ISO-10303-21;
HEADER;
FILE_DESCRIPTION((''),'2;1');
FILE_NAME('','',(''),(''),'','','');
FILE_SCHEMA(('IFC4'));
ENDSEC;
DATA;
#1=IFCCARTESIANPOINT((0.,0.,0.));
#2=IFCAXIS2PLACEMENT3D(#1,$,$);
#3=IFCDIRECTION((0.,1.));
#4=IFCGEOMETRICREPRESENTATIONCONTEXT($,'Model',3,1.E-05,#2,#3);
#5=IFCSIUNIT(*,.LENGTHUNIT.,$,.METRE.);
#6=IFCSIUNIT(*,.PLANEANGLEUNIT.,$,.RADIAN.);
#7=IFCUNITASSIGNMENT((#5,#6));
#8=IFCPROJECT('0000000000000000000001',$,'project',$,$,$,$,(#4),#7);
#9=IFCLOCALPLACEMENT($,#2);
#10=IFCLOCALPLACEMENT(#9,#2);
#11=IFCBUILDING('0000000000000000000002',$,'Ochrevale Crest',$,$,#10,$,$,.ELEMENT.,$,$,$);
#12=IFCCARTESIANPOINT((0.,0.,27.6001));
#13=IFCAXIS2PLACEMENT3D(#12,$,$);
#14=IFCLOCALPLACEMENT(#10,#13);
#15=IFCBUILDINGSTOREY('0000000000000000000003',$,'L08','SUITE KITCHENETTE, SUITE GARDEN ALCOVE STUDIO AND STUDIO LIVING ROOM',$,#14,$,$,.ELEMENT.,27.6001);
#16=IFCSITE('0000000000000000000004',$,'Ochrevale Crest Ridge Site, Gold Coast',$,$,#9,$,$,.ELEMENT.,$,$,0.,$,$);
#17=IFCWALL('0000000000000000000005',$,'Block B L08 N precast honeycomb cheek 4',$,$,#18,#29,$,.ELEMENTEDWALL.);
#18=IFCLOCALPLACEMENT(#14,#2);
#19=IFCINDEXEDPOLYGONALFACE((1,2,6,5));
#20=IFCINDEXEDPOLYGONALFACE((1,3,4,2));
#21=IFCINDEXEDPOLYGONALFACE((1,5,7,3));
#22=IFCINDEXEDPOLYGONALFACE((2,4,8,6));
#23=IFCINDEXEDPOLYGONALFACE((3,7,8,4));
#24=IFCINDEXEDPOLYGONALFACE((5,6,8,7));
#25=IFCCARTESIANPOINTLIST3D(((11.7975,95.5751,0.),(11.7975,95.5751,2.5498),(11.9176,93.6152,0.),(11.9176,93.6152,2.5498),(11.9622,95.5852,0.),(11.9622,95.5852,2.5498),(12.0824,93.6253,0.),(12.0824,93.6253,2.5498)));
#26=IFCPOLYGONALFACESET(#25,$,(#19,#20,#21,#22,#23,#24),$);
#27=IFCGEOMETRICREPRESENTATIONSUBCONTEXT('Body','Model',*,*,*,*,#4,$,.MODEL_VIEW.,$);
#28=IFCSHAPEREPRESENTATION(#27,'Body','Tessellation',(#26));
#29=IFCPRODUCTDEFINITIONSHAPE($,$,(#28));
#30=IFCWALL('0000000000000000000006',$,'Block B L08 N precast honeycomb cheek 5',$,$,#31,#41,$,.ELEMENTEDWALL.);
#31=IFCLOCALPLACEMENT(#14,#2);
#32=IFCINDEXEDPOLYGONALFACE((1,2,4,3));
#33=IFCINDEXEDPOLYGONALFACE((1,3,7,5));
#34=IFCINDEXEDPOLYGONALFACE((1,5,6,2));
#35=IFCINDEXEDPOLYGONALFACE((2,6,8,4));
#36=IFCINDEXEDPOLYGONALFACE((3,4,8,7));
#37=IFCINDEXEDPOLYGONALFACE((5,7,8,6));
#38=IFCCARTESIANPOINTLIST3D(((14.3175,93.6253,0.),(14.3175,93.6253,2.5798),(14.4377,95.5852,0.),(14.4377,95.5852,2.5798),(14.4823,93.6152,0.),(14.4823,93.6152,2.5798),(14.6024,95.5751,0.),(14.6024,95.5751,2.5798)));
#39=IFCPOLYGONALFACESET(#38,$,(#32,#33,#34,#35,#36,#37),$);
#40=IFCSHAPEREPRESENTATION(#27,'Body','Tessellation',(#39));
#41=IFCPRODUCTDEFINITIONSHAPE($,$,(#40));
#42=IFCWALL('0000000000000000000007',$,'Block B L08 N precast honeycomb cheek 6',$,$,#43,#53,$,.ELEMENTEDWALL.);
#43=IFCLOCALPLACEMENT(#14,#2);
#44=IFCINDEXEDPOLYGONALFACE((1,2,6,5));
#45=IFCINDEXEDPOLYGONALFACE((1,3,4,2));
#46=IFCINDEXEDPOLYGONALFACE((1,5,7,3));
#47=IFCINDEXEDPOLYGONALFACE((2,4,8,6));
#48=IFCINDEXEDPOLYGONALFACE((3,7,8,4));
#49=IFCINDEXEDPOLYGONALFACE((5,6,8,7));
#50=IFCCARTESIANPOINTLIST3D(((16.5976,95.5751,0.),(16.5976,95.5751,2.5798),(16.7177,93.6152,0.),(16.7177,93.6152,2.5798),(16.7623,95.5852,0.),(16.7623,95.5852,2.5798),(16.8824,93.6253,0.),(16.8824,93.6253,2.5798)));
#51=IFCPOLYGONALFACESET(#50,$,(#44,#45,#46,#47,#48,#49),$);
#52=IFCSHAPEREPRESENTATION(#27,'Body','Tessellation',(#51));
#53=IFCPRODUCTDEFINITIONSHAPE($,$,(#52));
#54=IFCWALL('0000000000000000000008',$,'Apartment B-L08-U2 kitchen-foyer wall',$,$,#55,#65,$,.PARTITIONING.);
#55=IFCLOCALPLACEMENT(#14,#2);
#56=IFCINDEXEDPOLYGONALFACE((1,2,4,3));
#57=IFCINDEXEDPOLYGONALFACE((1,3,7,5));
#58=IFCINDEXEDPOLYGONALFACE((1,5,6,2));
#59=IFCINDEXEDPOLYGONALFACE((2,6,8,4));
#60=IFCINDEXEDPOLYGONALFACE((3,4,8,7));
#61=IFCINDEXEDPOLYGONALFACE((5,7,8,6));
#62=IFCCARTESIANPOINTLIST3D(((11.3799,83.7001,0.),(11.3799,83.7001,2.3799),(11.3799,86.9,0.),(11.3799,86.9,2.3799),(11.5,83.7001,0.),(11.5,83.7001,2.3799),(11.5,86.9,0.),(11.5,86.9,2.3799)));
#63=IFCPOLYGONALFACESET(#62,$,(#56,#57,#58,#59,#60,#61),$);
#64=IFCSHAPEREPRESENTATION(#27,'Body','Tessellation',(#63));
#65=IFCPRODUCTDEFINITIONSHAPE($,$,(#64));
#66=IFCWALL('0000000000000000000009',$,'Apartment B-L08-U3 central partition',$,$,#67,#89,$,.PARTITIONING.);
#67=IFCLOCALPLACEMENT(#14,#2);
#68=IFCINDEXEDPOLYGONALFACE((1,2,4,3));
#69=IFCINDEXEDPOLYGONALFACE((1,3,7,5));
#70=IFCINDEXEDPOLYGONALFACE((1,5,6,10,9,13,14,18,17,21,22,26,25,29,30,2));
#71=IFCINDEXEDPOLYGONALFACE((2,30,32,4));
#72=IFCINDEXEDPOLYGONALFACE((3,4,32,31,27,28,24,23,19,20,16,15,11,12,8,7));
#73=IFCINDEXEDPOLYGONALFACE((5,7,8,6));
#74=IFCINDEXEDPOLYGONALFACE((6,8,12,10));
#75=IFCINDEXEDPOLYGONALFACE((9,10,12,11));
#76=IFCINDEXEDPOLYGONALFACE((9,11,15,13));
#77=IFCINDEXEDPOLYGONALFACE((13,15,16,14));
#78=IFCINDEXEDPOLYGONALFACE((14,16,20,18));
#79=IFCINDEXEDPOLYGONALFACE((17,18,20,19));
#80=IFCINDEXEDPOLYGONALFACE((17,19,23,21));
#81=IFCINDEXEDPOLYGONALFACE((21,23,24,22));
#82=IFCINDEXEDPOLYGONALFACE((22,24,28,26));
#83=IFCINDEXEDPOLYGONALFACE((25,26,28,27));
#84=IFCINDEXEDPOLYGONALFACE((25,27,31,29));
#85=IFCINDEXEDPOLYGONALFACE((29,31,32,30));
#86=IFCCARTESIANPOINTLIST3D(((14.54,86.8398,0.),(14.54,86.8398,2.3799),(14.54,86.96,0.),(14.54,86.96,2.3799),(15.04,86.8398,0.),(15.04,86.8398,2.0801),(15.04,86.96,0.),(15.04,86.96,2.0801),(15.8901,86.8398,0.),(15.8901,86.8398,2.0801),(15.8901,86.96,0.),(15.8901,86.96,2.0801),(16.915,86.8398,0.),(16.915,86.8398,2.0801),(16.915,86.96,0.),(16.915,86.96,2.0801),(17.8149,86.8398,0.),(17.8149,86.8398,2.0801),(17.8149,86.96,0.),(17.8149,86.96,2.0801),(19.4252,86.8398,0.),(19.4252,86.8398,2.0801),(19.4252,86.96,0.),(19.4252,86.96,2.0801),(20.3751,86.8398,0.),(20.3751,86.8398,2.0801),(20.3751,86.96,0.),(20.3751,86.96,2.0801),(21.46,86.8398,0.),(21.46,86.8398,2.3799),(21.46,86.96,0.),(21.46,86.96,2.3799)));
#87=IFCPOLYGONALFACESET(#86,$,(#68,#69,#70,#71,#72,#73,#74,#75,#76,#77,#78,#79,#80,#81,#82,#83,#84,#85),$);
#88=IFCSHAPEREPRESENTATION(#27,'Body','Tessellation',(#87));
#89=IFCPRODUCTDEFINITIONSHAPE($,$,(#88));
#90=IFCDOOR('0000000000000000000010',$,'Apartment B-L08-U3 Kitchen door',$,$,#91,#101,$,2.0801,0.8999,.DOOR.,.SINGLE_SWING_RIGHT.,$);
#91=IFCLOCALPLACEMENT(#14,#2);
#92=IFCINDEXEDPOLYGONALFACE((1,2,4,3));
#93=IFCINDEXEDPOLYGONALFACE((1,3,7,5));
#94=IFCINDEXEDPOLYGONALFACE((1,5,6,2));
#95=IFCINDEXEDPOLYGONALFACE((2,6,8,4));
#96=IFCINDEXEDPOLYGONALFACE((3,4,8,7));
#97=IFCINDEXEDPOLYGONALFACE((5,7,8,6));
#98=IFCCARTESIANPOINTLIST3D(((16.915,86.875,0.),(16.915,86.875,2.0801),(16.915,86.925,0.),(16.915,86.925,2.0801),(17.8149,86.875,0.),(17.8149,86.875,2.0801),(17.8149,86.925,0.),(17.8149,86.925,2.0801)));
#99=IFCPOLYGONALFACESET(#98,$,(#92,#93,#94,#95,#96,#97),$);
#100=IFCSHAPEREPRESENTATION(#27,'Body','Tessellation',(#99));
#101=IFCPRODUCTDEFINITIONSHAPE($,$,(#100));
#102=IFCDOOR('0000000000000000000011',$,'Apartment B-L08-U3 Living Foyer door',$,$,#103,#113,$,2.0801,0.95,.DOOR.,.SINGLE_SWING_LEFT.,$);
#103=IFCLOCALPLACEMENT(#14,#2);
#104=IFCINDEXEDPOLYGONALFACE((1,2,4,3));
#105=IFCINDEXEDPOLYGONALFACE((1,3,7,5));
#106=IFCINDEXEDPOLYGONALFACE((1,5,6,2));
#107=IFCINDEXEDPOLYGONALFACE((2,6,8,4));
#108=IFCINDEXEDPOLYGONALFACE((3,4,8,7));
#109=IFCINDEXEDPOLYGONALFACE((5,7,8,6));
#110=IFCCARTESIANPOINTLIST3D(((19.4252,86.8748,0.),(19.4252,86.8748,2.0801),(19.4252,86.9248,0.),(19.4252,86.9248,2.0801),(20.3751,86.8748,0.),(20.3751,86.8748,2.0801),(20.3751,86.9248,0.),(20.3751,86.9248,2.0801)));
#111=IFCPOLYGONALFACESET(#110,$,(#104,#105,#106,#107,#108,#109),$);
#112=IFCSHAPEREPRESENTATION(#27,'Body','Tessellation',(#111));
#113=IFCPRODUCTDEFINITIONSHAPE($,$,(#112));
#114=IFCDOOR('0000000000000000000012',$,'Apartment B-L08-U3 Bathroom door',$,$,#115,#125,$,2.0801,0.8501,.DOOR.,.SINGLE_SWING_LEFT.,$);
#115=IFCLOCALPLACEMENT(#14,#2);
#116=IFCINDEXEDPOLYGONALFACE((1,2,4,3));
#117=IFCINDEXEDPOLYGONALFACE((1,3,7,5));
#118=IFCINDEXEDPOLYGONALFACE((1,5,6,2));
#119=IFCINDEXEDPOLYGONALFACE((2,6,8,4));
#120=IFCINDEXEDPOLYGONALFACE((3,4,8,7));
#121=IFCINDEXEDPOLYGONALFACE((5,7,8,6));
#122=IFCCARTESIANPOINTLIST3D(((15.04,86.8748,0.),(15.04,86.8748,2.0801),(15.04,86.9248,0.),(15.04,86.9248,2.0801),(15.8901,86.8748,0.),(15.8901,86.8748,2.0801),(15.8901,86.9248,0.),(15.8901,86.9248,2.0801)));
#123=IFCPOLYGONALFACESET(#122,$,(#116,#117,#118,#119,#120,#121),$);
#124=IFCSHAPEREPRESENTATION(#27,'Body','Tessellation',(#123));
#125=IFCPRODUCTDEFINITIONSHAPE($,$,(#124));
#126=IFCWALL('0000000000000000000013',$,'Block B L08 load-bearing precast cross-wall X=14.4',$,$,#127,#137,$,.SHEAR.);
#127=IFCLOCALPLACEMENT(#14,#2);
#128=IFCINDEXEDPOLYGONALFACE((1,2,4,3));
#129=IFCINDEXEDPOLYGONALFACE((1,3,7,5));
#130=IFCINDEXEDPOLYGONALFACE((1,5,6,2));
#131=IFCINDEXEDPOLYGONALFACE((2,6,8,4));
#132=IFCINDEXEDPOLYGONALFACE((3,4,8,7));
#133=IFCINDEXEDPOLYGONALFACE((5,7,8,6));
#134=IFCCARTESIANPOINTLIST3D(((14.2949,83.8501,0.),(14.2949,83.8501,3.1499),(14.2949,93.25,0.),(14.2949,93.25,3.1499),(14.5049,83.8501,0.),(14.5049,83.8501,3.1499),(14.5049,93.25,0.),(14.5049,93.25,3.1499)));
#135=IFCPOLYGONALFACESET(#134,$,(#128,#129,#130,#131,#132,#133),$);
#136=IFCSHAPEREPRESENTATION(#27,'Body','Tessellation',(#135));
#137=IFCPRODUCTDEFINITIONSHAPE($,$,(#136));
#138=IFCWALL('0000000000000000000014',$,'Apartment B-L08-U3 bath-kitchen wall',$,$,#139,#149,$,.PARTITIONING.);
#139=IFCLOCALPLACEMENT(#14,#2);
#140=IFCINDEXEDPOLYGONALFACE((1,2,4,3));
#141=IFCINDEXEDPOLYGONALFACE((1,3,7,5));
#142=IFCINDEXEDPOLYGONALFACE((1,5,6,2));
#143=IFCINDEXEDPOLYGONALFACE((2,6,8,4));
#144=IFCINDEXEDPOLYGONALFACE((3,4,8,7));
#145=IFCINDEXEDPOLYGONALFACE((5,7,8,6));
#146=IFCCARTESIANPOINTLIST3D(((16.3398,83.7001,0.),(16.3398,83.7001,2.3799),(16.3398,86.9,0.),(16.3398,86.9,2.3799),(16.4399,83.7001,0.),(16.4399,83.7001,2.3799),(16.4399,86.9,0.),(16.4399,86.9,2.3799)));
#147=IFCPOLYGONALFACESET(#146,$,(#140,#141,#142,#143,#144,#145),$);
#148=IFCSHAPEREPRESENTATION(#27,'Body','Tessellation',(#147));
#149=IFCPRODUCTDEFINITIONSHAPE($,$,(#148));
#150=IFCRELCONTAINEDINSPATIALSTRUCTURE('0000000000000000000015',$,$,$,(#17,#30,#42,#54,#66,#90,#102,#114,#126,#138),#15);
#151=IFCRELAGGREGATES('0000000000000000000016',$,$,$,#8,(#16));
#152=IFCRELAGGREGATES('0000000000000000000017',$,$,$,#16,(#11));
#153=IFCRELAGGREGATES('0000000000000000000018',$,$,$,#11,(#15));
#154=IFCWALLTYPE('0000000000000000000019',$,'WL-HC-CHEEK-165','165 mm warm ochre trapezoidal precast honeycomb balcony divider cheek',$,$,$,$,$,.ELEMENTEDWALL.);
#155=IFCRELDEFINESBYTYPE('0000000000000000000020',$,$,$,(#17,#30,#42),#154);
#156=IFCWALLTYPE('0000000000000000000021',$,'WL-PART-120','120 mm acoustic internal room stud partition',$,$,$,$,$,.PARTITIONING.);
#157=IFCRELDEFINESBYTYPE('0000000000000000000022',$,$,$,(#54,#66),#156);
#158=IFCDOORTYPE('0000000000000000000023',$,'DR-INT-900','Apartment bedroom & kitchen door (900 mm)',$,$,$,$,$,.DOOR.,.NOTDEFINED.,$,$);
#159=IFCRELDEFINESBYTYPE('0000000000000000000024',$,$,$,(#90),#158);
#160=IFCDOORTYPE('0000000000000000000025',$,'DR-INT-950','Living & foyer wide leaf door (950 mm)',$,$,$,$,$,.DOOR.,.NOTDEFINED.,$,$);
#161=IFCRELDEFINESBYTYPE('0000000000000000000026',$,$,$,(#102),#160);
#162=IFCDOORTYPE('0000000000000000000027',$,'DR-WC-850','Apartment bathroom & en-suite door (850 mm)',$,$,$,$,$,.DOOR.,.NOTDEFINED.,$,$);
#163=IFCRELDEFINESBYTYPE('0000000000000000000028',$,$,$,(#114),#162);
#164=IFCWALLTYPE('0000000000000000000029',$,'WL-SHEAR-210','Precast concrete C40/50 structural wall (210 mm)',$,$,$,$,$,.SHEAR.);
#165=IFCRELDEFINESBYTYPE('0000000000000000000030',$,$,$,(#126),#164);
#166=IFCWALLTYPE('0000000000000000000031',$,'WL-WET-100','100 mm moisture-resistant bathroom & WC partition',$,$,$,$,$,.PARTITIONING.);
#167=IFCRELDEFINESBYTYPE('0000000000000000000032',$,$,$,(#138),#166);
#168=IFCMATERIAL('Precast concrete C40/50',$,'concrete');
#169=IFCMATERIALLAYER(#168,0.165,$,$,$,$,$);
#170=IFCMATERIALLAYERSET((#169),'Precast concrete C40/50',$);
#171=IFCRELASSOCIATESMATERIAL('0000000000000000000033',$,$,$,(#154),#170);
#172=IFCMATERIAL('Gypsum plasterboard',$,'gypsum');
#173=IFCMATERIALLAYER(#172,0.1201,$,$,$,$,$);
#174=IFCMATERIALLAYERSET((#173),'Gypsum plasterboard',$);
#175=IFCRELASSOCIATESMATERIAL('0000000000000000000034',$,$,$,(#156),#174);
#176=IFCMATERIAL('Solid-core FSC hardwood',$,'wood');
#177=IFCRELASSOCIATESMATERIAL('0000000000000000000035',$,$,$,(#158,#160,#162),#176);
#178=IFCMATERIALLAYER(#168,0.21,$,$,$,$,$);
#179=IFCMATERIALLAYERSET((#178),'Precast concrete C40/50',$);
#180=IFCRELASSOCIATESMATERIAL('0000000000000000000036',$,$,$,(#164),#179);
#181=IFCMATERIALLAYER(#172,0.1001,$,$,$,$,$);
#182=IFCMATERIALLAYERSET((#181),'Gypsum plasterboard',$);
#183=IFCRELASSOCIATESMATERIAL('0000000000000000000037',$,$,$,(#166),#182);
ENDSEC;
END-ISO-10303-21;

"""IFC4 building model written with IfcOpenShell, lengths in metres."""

from ifc_helpers import new_model, si_unit, direction, frame, frame_2d, origin, place, context, subcontext, project, spatial, rectangle, extrude, material, layer, layer_set, type_object, element, fill, save


model = new_model("IFC4")

# Units and contexts
model_context = context("Model", 3, precision=1e-05, world=origin(), true_north=direction((0.0, 1.0)))
body_context = subcontext(model_context, "Body", "Model", "MODEL_VIEW")
ifc_project = project(units=[si_unit("LENGTHUNIT", "METRE"), si_unit("PLANEANGLEUNIT", "RADIAN")], contexts=[model_context])

# Site, building, storey
site_placement = place(None, origin())
site = spatial("IfcSite", under=ifc_project, at=site_placement, Name="Ochrevale Crest Ridge Site, Gold Coast", CompositionType="ELEMENT", RefElevation=0.0)
building_placement = place(site_placement, origin())
building = spatial("IfcBuilding", under=site, at=building_placement, Name="Ochrevale Crest", CompositionType="ELEMENT")
storey_placement = place(building_placement, frame((0.0, 0.0, 27.6001)))
storey = spatial("IfcBuildingStorey", under=building, at=storey_placement, Name="L08", Description="SUITE KITCHENETTE, SUITE GARDEN ALCOVE STUDIO AND STUDIO LIVING ROOM", CompositionType="ELEMENT", Elevation=27.6001)

# Shared definitions
ifc_material_1 = material(Name="Precast concrete C40/50", Category="concrete")

# Shared definitions
ifc_material_2 = material(Name="Gypsum plasterboard", Category="gypsum")
ifc_material_3 = material(Name="Solid-core FSC hardwood", Category="wood")

# Walls
ifc_layer_1 = layer(ifc_material_1, 0.165)
ifc_layer_set_1 = layer_set([ifc_layer_1], Name="Precast concrete C40/50")
wall_type_1 = type_object("IfcWallType", Name="WL-HC-CHEEK-165", Description="165 mm warm ochre trapezoidal precast honeycomb balcony divider cheek", PredefinedType="ELEMENTEDWALL", material=ifc_layer_set_1)
wall_1_placement = place(storey_placement, frame((12.0, 93.6201, 0.0), z_axis=(0.0, 0.0, 1.0), x_axis=(-0.061171, 0.998127, 0.0)))
element("IfcWall", 1, at=wall_1_placement, inside=storey, type_object=wall_type_1, Name="Block B L08 N precast honeycomb cheek 4", PredefinedType="ELEMENTEDWALL", context=body_context, shape_type="SweptSolid", body=[
    extrude(rectangle(XDim=1.9636, YDim=0.165, at=frame_2d((0.9819, 0.0))), origin(), (0.0, 0.0, 1.0), 2.5498),
])
for number, where, z_axis, x_axis, name in (
    (2, (14.3999, 93.6201, 0.0), (0.0, 0.0, 1.0), (0.061171, 0.998127, 0.0), "Block B L08 N precast honeycomb cheek 5"),
    (3, (16.8, 93.6201, 0.0), (0.0, 0.0, 1.0), (-0.061171, 0.998127, 0.0), "Block B L08 N precast honeycomb cheek 6"),
):
    element("IfcWall", number, at=place(storey_placement, frame(where, z_axis=z_axis, x_axis=x_axis)), inside=storey, type_object=wall_type_1, Name=name, PredefinedType="ELEMENTEDWALL", context=body_context, shape_type="SweptSolid", body=[
        extrude(rectangle(XDim=1.9636, YDim=0.165, at=frame_2d((0.9819, 0.0))), origin(), (0.0, 0.0, 1.0), 2.5798),
    ])
ifc_layer_2 = layer(ifc_material_2, 0.1201)
ifc_layer_set_2 = layer_set([ifc_layer_2], Name="Gypsum plasterboard")
wall_type_2 = type_object("IfcWallType", Name="WL-PART-120", Description="120 mm acoustic internal room stud partition", PredefinedType="PARTITIONING", material=ifc_layer_set_2)
wall_2_placement = place(storey_placement, frame((11.4399, 83.7, 0.0), z_axis=(0.0, 0.0, 1.0), x_axis=(0.0, 1.0, 0.0)))
element("IfcWall", 4, at=wall_2_placement, inside=storey, type_object=wall_type_2, Name="Apartment B-L08-U2 kitchen-foyer wall", PredefinedType="PARTITIONING", context=body_context, shape_type="SweptSolid", body=[
    extrude(rectangle(XDim=3.2, YDim=0.1201, at=frame_2d((1.6001, 0.0))), origin(), (0.0, 0.0, 1.0), 2.3799),
])

# Wall, openings, doors
wall_3_placement = place(storey_placement, frame((14.54, 86.8999, 0.0), z_axis=(0.0, 0.0, 1.0), x_axis=(1.0, 0.0, 0.0)))
wall_3 = element("IfcWall", 5, at=wall_3_placement, inside=storey, type_object=wall_type_2, Name="Apartment B-L08-U3 central partition", PredefinedType="PARTITIONING", context=body_context, shape_type="SweptSolid", body=[
    extrude(rectangle(XDim=6.9199, YDim=0.1201, at=frame_2d((3.46, 0.0))), origin(), (0.0, 0.0, 1.0), 2.3799),
])
opening_1_placement = place(wall_3_placement, frame((0.5, 0.0, 0.0)))
opening_1 = element("IfcOpeningElement", 6, at=opening_1_placement, cuts=wall_3, PredefinedType="OPENING", context=body_context, shape_type="SweptSolid", body=[
    extrude(rectangle(XDim=0.8501, YDim=2.0801, at=frame_2d((0.425, 1.04))), frame((0.0, 0.0701, 0.0), z_axis=(0.0, -1.0, 0.0), x_axis=(1.0, 0.0, 0.0)), (0.0, 0.0, 1.0), 0.1401),
])
opening_2_placement = place(wall_3_placement, frame((3.2749, 0.0, 0.0), z_axis=(0.0, 0.0, 1.0), x_axis=(-1.0, 0.0, 0.0)))
opening_2 = element("IfcOpeningElement", 7, at=opening_2_placement, cuts=wall_3, PredefinedType="OPENING", context=body_context, shape_type="SweptSolid", body=[
    extrude(rectangle(XDim=0.8999, YDim=2.0801, at=frame_2d((0.45, 1.04))), frame((0.0, 0.0701, 0.0), z_axis=(0.0, -1.0, 0.0), x_axis=(1.0, 0.0, 0.0)), (0.0, 0.0, 1.0), 0.1401),
])
opening_3_placement = place(wall_3_placement, frame((4.885, 0.0, 0.0)))
opening_3 = element("IfcOpeningElement", 8, at=opening_3_placement, cuts=wall_3, PredefinedType="OPENING", context=body_context, shape_type="SweptSolid", body=[
    extrude(rectangle(XDim=0.95, YDim=2.0801, at=frame_2d((0.4751, 1.04))), frame((0.0, 0.0701, 0.0), z_axis=(0.0, -1.0, 0.0), x_axis=(1.0, 0.0, 0.0)), (0.0, 0.0, 1.0), 0.1401),
])
door_type_1 = type_object("IfcDoorType", Name="DR-INT-900", Description="Apartment bedroom & kitchen door (900 mm)", OperationType="NOTDEFINED", PredefinedType="DOOR", material=ifc_material_3)
door_1_placement = place(opening_2_placement, origin())
door_1 = element("IfcDoor", 9, at=door_1_placement, inside=storey, type_object=door_type_1, Name="Apartment B-L08-U3 Kitchen door", OperationType="SINGLE_SWING_RIGHT", OverallHeight=2.0801, OverallWidth=0.8999, PredefinedType="DOOR", context=body_context, shape_type="SweptSolid", body=[
    extrude(rectangle(XDim=0.8999, YDim=2.0801, at=frame_2d((0.45, 1.04))), frame((0.0, 0.0249, 0.0), z_axis=(0.0, -1.0, 0.0), x_axis=(1.0, 0.0, 0.0)), (0.0, 0.0, 1.0), 0.05),
])
fill(opening_2, door_1)
door_type_2 = type_object("IfcDoorType", Name="DR-INT-950", Description="Living & foyer wide leaf door (950 mm)", OperationType="NOTDEFINED", PredefinedType="DOOR", material=ifc_material_3)
door_2_placement = place(opening_3_placement, origin())
door_2 = element("IfcDoor", 10, at=door_2_placement, inside=storey, type_object=door_type_2, Name="Apartment B-L08-U3 Living Foyer door", OperationType="SINGLE_SWING_LEFT", OverallHeight=2.0801, OverallWidth=0.95, PredefinedType="DOOR", context=body_context, shape_type="SweptSolid", body=[
    extrude(rectangle(XDim=0.95, YDim=2.0801, at=frame_2d((0.4751, 1.04))), frame((0.0, 0.0249, 0.0), z_axis=(0.0, -1.0, 0.0), x_axis=(1.0, 0.0, 0.0)), (0.0, 0.0, 1.0), 0.05),
])
fill(opening_3, door_2)
door_type_3 = type_object("IfcDoorType", Name="DR-WC-850", Description="Apartment bathroom & en-suite door (850 mm)", OperationType="NOTDEFINED", PredefinedType="DOOR", material=ifc_material_3)
door_3_placement = place(opening_1_placement, origin())
door_3 = element("IfcDoor", 11, at=door_3_placement, inside=storey, type_object=door_type_3, Name="Apartment B-L08-U3 Bathroom door", OperationType="SINGLE_SWING_LEFT", OverallHeight=2.0801, OverallWidth=0.8501, PredefinedType="DOOR", context=body_context, shape_type="SweptSolid", body=[
    extrude(rectangle(XDim=0.8501, YDim=2.0801, at=frame_2d((0.425, 1.04))), frame((0.0, 0.0249, 0.0), z_axis=(0.0, -1.0, 0.0), x_axis=(1.0, 0.0, 0.0)), (0.0, 0.0, 1.0), 0.05),
])
fill(opening_1, door_3)

# Walls
ifc_layer_3 = layer(ifc_material_1, 0.21)
ifc_layer_set_3 = layer_set([ifc_layer_3], Name="Precast concrete C40/50")
wall_type_3 = type_object("IfcWallType", Name="WL-SHEAR-210", Description="Precast concrete C40/50 structural wall (210 mm)", PredefinedType="SHEAR", material=ifc_layer_set_3)
wall_4_placement = place(storey_placement, frame((14.3999, 83.8501, 0.0), z_axis=(0.0, 0.0, 1.0), x_axis=(0.0, 1.0, 0.0)))
element("IfcWall", 12, at=wall_4_placement, inside=storey, type_object=wall_type_3, Name="Block B L08 load-bearing precast cross-wall X=14.4", PredefinedType="SHEAR", context=body_context, shape_type="SweptSolid", body=[
    extrude(rectangle(XDim=9.3999, YDim=0.21, at=frame_2d((4.7, 0.0))), origin(), (0.0, 0.0, 1.0), 3.1499),
])
ifc_layer_4 = layer(ifc_material_2, 0.1001)
ifc_layer_set_4 = layer_set([ifc_layer_4], Name="Gypsum plasterboard")
wall_type_4 = type_object("IfcWallType", Name="WL-WET-100", Description="100 mm moisture-resistant bathroom & WC partition", PredefinedType="PARTITIONING", material=ifc_layer_set_4)
wall_5_placement = place(storey_placement, frame((16.3899, 83.7, 0.0), z_axis=(0.0, 0.0, 1.0), x_axis=(0.0, 1.0, 0.0)))
element("IfcWall", 13, at=wall_5_placement, inside=storey, type_object=wall_type_4, Name="Apartment B-L08-U3 bath-kitchen wall", PredefinedType="PARTITIONING", context=body_context, shape_type="SweptSolid", body=[
    extrude(rectangle(XDim=3.2, YDim=0.1001, at=frame_2d((1.6001, 0.0))), origin(), (0.0, 0.0, 1.0), 2.3799),
])

save(model, "model.ifc")
